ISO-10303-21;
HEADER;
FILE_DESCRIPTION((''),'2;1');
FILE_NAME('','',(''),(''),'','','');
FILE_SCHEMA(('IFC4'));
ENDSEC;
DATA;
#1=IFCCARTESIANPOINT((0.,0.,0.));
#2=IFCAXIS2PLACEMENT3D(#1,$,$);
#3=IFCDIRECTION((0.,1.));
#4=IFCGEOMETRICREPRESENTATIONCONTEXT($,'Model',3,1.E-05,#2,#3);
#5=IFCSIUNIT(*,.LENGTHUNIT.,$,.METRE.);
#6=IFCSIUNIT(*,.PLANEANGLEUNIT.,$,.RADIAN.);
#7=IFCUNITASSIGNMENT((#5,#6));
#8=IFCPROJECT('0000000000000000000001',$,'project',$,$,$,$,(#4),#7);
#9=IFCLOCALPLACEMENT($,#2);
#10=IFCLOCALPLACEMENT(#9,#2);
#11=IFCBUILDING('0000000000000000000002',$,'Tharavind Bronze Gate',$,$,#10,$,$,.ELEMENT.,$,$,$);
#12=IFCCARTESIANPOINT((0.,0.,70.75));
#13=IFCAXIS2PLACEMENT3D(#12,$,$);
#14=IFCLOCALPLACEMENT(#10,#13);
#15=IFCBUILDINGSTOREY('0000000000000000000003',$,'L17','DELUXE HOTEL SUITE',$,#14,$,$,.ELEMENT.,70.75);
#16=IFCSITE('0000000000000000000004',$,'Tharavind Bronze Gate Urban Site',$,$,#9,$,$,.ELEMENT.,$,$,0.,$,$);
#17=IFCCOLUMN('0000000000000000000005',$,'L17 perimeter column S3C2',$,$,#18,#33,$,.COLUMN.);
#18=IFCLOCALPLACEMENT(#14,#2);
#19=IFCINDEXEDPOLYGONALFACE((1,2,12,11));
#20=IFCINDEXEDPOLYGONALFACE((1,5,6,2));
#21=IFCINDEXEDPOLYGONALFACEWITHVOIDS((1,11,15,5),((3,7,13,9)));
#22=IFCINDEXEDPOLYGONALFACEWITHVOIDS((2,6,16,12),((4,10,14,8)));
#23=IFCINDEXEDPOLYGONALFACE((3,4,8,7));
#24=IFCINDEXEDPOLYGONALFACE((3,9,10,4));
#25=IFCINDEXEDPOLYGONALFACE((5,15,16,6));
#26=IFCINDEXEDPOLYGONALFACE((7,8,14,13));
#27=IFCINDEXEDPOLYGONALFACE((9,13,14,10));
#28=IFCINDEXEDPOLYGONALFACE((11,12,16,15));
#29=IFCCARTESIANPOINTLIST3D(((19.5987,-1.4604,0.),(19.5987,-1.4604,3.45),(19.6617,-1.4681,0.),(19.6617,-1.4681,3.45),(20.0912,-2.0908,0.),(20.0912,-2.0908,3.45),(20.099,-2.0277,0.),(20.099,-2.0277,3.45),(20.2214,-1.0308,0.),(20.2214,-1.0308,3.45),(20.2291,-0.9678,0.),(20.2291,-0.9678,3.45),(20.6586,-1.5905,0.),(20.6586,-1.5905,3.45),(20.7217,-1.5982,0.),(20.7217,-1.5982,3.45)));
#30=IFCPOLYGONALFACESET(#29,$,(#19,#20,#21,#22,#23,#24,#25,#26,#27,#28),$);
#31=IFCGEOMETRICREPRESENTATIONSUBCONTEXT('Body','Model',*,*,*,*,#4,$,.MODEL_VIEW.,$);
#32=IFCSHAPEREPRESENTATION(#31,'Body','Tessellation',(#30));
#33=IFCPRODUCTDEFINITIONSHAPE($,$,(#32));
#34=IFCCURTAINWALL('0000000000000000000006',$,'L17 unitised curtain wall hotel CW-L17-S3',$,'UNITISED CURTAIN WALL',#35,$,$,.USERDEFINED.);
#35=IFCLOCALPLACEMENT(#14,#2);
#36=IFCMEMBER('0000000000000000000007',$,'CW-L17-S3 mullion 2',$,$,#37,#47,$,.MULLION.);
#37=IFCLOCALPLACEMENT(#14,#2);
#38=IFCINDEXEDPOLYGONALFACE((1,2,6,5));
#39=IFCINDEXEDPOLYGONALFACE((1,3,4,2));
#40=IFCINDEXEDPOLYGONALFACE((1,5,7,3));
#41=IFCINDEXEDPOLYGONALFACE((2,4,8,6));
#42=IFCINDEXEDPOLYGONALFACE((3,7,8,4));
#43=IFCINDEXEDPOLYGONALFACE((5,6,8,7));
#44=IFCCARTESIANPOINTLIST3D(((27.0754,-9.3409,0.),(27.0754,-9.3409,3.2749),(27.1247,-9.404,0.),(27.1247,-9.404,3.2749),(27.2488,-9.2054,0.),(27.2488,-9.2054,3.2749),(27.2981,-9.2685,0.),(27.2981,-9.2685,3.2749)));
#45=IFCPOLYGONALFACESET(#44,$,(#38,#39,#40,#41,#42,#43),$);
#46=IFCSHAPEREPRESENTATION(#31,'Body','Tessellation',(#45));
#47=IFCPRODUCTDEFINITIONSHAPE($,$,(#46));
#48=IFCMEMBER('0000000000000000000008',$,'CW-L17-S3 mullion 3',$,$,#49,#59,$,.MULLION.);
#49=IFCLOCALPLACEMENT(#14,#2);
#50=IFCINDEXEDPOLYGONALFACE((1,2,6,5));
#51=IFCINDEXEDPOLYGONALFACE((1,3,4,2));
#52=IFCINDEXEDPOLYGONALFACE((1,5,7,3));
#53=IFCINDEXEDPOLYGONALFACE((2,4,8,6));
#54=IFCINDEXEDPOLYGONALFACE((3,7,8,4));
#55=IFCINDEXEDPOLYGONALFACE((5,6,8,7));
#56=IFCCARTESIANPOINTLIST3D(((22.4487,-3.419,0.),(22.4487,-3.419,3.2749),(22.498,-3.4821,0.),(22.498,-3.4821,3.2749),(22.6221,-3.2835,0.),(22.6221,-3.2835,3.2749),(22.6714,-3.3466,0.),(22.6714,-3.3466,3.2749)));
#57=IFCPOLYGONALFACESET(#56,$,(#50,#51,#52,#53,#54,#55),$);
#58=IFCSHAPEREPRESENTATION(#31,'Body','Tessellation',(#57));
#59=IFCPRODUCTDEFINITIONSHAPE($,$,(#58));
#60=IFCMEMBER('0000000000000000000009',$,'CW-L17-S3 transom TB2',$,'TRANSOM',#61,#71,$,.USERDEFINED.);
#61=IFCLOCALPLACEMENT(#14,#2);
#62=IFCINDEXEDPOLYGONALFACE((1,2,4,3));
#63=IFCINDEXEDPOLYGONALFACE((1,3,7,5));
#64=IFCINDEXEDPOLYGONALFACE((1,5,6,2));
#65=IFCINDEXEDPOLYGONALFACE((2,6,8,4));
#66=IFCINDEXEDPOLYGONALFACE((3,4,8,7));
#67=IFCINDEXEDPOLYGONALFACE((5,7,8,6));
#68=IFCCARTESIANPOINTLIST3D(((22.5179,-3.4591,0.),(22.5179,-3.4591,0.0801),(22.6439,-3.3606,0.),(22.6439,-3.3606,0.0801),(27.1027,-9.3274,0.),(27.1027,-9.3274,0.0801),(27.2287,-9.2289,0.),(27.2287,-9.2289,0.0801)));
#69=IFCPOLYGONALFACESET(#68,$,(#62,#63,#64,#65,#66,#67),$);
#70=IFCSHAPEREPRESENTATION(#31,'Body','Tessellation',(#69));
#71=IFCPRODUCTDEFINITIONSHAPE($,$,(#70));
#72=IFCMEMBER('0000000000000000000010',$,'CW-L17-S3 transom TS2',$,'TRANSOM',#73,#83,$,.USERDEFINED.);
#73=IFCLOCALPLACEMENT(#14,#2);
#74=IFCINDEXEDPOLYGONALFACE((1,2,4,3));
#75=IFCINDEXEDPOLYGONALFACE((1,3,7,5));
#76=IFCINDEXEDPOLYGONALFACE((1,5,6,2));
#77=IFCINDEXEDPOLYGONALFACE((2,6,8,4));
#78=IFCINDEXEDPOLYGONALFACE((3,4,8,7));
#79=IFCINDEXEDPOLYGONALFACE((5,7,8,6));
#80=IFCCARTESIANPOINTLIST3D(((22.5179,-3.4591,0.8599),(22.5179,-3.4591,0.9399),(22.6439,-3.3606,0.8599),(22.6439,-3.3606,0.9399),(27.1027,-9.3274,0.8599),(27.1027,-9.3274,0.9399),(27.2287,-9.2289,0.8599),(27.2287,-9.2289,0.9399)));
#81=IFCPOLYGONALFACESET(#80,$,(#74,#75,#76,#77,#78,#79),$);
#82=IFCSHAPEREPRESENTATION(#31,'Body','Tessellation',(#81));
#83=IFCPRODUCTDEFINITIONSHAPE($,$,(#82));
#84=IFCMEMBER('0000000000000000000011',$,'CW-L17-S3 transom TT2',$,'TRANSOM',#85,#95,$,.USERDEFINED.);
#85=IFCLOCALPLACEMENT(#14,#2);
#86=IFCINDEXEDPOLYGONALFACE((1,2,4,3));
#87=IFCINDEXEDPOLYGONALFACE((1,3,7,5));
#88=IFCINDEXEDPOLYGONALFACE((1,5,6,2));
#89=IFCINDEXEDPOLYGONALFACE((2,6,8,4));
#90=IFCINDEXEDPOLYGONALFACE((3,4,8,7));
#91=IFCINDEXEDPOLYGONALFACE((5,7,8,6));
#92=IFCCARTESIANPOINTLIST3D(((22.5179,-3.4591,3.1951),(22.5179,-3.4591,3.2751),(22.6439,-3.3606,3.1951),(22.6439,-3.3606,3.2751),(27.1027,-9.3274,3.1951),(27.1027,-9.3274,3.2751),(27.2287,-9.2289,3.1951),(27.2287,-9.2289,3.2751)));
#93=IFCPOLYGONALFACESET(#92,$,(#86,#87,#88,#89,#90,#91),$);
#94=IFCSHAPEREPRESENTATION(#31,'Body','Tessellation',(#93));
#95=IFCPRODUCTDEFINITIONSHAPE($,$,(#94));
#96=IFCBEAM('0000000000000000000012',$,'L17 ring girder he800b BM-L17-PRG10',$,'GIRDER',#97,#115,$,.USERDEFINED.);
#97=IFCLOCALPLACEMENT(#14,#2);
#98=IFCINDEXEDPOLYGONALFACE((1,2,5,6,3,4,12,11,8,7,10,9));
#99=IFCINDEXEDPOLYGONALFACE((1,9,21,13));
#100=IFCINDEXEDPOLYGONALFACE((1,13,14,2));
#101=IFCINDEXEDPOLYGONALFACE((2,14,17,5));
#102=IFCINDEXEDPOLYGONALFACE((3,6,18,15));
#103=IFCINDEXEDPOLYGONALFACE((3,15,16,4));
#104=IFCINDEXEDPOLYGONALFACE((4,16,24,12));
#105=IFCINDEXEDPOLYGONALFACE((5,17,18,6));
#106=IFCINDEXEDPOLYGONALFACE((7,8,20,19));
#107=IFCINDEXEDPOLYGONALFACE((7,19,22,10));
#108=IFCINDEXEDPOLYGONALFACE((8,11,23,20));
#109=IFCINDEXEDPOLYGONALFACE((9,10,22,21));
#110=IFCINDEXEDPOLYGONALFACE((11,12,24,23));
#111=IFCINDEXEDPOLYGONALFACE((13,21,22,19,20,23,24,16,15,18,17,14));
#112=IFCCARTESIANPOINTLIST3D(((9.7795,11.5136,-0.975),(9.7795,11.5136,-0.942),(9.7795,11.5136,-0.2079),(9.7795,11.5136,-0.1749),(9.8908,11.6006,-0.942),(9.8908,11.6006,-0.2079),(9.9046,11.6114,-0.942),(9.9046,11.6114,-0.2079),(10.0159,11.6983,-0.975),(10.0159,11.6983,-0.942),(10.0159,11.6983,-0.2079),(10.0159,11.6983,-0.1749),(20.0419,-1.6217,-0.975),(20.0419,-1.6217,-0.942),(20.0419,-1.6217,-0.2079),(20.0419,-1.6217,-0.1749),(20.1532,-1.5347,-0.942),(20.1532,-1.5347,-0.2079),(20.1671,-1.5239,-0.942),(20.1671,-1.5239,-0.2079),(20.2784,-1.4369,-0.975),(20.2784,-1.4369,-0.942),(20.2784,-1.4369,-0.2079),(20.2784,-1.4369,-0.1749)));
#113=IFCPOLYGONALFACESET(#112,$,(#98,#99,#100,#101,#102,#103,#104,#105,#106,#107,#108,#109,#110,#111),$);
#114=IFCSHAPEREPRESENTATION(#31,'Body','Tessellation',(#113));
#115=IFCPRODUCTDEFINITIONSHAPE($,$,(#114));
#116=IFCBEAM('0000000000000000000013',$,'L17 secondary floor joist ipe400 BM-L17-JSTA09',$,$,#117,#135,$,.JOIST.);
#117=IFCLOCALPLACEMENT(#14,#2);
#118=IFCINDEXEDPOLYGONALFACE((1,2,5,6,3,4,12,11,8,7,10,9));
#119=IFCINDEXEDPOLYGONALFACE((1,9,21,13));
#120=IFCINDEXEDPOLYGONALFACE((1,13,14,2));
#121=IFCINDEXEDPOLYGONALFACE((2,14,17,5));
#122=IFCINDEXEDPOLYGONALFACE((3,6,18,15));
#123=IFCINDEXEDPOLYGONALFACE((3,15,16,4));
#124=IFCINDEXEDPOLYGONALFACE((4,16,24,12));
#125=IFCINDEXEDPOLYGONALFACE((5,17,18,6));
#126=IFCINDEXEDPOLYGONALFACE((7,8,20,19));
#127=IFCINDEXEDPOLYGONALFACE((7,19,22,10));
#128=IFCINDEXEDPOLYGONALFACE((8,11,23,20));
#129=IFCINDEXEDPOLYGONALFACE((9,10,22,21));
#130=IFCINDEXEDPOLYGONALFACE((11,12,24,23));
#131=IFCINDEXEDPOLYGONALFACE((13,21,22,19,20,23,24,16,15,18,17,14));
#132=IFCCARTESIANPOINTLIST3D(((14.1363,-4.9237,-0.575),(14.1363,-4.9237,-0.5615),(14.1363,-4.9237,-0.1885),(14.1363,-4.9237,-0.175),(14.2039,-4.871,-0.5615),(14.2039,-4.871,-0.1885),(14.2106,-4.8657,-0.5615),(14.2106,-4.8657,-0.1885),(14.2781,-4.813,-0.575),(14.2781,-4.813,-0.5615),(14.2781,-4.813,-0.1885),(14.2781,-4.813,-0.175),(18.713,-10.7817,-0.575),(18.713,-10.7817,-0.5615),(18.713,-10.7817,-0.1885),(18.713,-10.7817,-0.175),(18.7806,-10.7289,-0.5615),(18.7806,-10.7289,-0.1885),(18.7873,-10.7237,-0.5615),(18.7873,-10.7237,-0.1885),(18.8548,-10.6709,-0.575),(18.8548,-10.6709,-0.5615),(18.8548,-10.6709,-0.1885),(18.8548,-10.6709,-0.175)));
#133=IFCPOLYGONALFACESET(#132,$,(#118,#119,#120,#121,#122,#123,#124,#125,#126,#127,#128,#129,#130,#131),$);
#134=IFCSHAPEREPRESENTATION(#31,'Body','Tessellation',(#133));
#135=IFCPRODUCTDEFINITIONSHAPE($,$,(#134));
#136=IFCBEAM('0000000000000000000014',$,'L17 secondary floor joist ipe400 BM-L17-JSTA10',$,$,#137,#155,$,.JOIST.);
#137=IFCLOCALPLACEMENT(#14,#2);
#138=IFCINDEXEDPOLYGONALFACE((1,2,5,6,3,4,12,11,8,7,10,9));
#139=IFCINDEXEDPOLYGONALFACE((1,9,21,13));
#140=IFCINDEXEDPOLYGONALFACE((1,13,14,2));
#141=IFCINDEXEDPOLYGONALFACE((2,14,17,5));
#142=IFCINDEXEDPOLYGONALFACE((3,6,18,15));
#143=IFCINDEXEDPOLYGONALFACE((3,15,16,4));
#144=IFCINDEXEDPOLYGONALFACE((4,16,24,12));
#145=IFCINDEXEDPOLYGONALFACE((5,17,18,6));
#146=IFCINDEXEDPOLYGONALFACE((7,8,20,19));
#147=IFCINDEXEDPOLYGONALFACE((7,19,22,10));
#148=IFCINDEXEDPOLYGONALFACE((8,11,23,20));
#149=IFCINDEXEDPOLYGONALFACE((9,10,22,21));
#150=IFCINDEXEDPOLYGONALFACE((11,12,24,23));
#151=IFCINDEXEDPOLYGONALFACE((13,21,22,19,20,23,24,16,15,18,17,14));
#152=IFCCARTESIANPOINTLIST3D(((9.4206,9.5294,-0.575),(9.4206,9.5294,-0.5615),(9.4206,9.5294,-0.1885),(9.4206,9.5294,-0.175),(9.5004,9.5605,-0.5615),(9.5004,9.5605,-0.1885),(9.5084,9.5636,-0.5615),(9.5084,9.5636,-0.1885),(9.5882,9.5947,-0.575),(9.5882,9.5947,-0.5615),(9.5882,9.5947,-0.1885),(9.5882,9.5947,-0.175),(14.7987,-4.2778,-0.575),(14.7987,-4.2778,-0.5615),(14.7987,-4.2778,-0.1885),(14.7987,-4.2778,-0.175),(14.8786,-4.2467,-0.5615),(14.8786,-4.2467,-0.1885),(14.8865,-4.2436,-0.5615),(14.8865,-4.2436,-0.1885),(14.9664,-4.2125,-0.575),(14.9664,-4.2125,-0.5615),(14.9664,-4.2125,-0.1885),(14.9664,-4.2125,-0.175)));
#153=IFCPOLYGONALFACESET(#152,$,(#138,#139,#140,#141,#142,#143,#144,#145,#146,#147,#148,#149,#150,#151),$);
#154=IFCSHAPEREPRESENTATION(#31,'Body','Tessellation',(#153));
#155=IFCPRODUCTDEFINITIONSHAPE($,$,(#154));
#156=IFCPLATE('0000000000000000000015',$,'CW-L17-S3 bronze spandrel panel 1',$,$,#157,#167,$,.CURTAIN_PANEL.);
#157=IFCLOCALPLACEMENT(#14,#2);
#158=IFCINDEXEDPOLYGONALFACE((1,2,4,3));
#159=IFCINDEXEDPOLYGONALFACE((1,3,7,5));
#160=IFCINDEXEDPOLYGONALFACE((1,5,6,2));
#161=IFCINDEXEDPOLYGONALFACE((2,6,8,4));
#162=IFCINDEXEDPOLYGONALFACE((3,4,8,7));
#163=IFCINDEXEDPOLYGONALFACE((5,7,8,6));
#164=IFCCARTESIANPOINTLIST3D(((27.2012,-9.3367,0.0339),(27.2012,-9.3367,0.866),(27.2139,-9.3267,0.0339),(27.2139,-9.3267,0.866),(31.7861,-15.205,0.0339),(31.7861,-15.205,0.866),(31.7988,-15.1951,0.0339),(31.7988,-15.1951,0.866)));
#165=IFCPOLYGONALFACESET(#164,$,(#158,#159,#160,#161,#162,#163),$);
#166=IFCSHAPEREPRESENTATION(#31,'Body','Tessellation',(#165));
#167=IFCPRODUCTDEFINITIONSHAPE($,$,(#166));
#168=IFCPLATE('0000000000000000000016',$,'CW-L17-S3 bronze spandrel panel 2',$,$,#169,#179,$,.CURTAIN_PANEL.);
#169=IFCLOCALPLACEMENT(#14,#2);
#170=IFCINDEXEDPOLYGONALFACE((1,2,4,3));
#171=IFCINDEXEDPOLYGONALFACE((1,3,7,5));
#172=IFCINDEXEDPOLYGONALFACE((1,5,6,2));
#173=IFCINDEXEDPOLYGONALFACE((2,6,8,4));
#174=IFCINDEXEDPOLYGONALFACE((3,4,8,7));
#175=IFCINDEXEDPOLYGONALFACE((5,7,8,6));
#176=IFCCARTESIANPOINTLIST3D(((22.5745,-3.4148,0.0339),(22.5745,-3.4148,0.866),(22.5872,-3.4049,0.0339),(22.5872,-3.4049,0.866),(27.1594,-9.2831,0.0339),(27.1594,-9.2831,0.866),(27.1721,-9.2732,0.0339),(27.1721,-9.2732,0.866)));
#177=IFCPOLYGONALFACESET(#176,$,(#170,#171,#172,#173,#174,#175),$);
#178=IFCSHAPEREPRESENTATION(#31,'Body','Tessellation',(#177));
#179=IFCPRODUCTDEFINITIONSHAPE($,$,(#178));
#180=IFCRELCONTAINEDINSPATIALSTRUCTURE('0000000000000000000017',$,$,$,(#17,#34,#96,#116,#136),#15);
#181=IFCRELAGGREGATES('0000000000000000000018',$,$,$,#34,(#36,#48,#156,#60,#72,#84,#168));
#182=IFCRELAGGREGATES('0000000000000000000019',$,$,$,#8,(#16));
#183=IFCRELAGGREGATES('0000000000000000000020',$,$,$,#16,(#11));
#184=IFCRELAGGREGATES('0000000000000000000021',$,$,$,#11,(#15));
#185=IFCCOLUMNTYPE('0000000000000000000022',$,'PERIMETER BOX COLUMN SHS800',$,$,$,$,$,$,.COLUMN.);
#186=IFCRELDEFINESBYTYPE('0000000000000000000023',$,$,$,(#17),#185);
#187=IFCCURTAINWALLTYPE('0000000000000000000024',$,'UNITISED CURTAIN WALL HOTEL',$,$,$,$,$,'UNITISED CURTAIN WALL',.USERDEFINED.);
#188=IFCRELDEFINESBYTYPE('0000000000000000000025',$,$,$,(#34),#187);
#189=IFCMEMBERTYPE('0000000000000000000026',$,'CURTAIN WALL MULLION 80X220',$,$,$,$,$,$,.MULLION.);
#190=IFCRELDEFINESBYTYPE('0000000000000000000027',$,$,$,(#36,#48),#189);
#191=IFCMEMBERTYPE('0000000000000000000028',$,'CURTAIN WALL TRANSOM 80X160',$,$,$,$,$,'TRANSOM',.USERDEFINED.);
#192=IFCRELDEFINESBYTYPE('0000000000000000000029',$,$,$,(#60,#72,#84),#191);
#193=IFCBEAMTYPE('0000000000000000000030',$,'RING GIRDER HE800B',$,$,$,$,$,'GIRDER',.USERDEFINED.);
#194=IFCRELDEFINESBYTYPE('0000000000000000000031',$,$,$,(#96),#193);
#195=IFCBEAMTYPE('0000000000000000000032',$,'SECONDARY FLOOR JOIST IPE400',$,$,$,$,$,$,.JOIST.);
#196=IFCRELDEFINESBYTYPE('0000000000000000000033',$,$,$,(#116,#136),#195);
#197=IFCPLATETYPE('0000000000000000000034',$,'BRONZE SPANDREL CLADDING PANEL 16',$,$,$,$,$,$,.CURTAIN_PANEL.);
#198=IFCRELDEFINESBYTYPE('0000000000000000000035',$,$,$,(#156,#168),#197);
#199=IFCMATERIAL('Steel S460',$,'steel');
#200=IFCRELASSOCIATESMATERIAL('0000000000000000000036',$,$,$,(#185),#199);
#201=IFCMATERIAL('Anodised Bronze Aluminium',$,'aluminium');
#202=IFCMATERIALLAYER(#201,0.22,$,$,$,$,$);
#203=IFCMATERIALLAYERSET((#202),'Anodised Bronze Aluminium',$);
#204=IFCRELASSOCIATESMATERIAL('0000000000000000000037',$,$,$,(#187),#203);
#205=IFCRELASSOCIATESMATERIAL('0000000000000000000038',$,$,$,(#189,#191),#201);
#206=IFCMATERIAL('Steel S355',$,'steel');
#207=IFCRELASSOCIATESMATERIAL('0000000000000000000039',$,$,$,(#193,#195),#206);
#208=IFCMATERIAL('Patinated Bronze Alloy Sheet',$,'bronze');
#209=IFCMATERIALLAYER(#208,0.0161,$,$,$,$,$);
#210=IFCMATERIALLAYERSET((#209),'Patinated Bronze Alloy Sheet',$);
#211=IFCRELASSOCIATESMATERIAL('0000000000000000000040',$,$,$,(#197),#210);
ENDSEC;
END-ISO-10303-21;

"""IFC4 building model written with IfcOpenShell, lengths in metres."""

from ifc_helpers import new_model, si_unit, direction, frame, origin, origin_2d, place, context, subcontext, project, spatial, rectangle, hollow_rectangle, i_section, extrude, material, layer, layer_set, material_profile, profile_set, type_object, element, aggregate, save


model = new_model("IFC4")

# Units and contexts
model_context = context("Model", 3, precision=1e-05, world=origin(), true_north=direction((0.0, 1.0)))
body_context = subcontext(model_context, "Body", "Model", "MODEL_VIEW")
ifc_project = project(units=[si_unit("LENGTHUNIT", "METRE"), si_unit("PLANEANGLEUNIT", "RADIAN")], contexts=[model_context])

# Site, building, storey
site_placement = place(None, origin())
site = spatial("IfcSite", under=ifc_project, at=site_placement, Name="Tharavind Bronze Gate Urban Site", CompositionType="ELEMENT", RefElevation=0.0)
building_placement = place(site_placement, origin())
building = spatial("IfcBuilding", under=site, at=building_placement, Name="Tharavind Bronze Gate", CompositionType="ELEMENT")
storey_placement = place(building_placement, frame((0.0, 0.0, 70.75)))
storey = spatial("IfcBuildingStorey", under=building, at=storey_placement, Name="L17", Description="DELUXE HOTEL SUITE", CompositionType="ELEMENT", Elevation=70.75)

# Column
ifc_material_1 = material(Name="Steel S460", Category="steel")
ifc_material_profile_1 = material_profile(ifc_material_1, hollow_rectangle(XDim=0.8, YDim=0.8, WallThickness=0.0449, at=origin_2d()), Name="SHS800X45")
ifc_profile_set_1 = profile_set([ifc_material_profile_1], Name="Steel S460")
column_type = type_object("IfcColumnType", Name="PERIMETER BOX COLUMN SHS800", PredefinedType="COLUMN", material=ifc_profile_set_1)
column_placement = place(storey_placement, frame((20.1602, -1.5293, 0.0), z_axis=(0.0, 0.0, 1.0), x_axis=(-0.615661, 0.788011, 0.0)))
element("IfcColumn", 1, at=column_placement, inside=storey, type_object=column_type, Name="L17 perimeter column S3C2", PredefinedType="COLUMN", context=body_context, shape_type="SweptSolid", body=[
    extrude(hollow_rectangle(XDim=0.8, YDim=0.8, WallThickness=0.0449, at=origin_2d()), origin(), (0.0, 0.0, 1.0), 3.45),
])

# Curtain wall, members
ifc_material_2 = material(Name="Anodised Bronze Aluminium", Category="aluminium")
ifc_layer_1 = layer(ifc_material_2, 0.22)
ifc_layer_set_1 = layer_set([ifc_layer_1], Name="Anodised Bronze Aluminium")
curtain_wall_type = type_object("IfcCurtainWallType", Name="UNITISED CURTAIN WALL HOTEL", ElementType="UNITISED CURTAIN WALL", PredefinedType="USERDEFINED", material=ifc_layer_set_1)
curtain_wall_placement = place(storey_placement, origin())
curtain_wall = element("IfcCurtainWall", 2, at=curtain_wall_placement, inside=storey, type_object=curtain_wall_type, Name="L17 unitised curtain wall hotel CW-L17-S3", ObjectType="UNITISED CURTAIN WALL", PredefinedType="USERDEFINED")
member_type_1 = type_object("IfcMemberType", Name="CURTAIN WALL MULLION 80X220", PredefinedType="MULLION", material=ifc_material_2)
member_1_placement = place(storey_placement, frame((27.1868, -9.3047, 0.0), z_axis=(0.0, 0.0, 1.0), x_axis=(-0.615661, 0.788011, 0.0)))
member_1 = element("IfcMember", 3, at=member_1_placement, type_object=member_type_1, Name="CW-L17-S3 mullion 2", PredefinedType="MULLION", context=body_context, shape_type="SweptSolid", body=[
    extrude(rectangle(XDim=0.0801, YDim=0.22, at=origin_2d()), origin(), (0.0, 0.0, 1.0), 3.2749),
])
member_2_placement = place(storey_placement, frame((22.5601, -3.3828, 0.0), z_axis=(0.0, 0.0, 1.0), x_axis=(-0.615661, 0.788011, 0.0)))
member_2 = element("IfcMember", 4, at=member_2_placement, type_object=member_type_1, Name="CW-L17-S3 mullion 3", PredefinedType="MULLION", context=body_context, shape_type="SweptSolid", body=[
    extrude(rectangle(XDim=0.0801, YDim=0.22, at=origin_2d()), origin(), (0.0, 0.0, 1.0), 3.2749),
])
member_type_2 = type_object("IfcMemberType", Name="CURTAIN WALL TRANSOM 80X160", ElementType="TRANSOM", PredefinedType="USERDEFINED", material=ifc_material_2)
member_3_placement = place(storey_placement, frame((24.8733, -6.344, 0.0), z_axis=(0.0, 0.0, 1.0), x_axis=(-0.615661, 0.788011, 0.0)))
member_3 = element("IfcMember", 5, at=member_3_placement, type_object=member_type_2, Name="CW-L17-S3 transom TB2", ObjectType="TRANSOM", PredefinedType="USERDEFINED", context=body_context, shape_type="SweptSolid", body=[
    extrude(rectangle(XDim=7.447, YDim=0.1599, at=origin_2d()), origin(), (0.0, 0.0, 1.0), 0.0801),
])
member_4_placement = place(storey_placement, frame((24.8733, -6.344, 0.8599), z_axis=(0.0, 0.0, 1.0), x_axis=(-0.615661, 0.788011, 0.0)))
member_4 = element("IfcMember", 6, at=member_4_placement, type_object=member_type_2, Name="CW-L17-S3 transom TS2", ObjectType="TRANSOM", PredefinedType="USERDEFINED", context=body_context, shape_type="SweptSolid", body=[
    extrude(rectangle(XDim=7.447, YDim=0.1599, at=origin_2d()), origin(), (0.0, 0.0, 1.0), 0.0801),
])
member_5_placement = place(storey_placement, frame((24.8733, -6.344, 3.1951), z_axis=(0.0, 0.0, 1.0), x_axis=(-0.615661, 0.788011, 0.0)))
member_5 = element("IfcMember", 7, at=member_5_placement, type_object=member_type_2, Name="CW-L17-S3 transom TT2", ObjectType="TRANSOM", PredefinedType="USERDEFINED", context=body_context, shape_type="SweptSolid", body=[
    extrude(rectangle(XDim=7.447, YDim=0.1599, at=origin_2d()), origin(), (0.0, 0.0, 1.0), 0.0801),
])

# Beams
ifc_material_3 = material(Name="Steel S355", Category="steel")
ifc_material_profile_2 = material_profile(ifc_material_3, i_section(OverallWidth=0.3, OverallDepth=0.8, WebThickness=0.0176, FlangeThickness=0.033, at=origin_2d()), Name="HE800B")
ifc_profile_set_2 = profile_set([ifc_material_profile_2], Name="Steel S355")
beam_type_1 = type_object("IfcBeamType", Name="RING GIRDER HE800B", ElementType="GIRDER", PredefinedType="USERDEFINED", material=ifc_profile_set_2)
beam_1_placement = place(storey_placement, frame((20.1602, -1.5293, -0.575), z_axis=(-0.615664, 0.788009, 0.0), x_axis=(-0.788009, -0.615664, 0.0)))
element("IfcBeam", 8, at=beam_1_placement, inside=storey, type_object=beam_type_1, Name="L17 ring girder he800b BM-L17-PRG10", ObjectType="GIRDER", PredefinedType="USERDEFINED", context=body_context, shape_type="SweptSolid", body=[
    extrude(i_section(OverallWidth=0.3, OverallDepth=0.8, WebThickness=0.0176, FlangeThickness=0.033, at=origin_2d()), origin(), (0.0, 0.0, 1.0), 16.6689),
])
ifc_material_profile_3 = material_profile(ifc_material_3, i_section(OverallWidth=0.1799, OverallDepth=0.3999, WebThickness=0.0085, FlangeThickness=0.0134, at=origin_2d()), Name="IPE400")
ifc_profile_set_3 = profile_set([ifc_material_profile_3], Name="Steel S355")
beam_type_2 = type_object("IfcBeamType", Name="SECONDARY FLOOR JOIST IPE400", PredefinedType="JOIST", material=ifc_profile_set_3)
beam_2_placement = place(storey_placement, frame((18.7839, -10.7263, -0.375), z_axis=(-0.615658, 0.788013, 0.0), x_axis=(-0.788013, -0.615658, 0.0)))
element("IfcBeam", 9, at=beam_2_placement, inside=storey, type_object=beam_type_2, Name="L17 secondary floor joist ipe400 BM-L17-JSTA09", PredefinedType="JOIST", context=body_context, shape_type="SweptSolid", body=[
    extrude(i_section(OverallWidth=0.1799, OverallDepth=0.3999, WebThickness=0.0085, FlangeThickness=0.0134, at=origin_2d()), origin(), (0.0, 0.0, 1.0), 7.4338),
])
beam_3_placement = place(storey_placement, frame((14.8826, -4.2451, -0.375), z_axis=(-0.362958, 0.931805, 0.0), x_axis=(-0.931805, -0.362958, 0.0)))
element("IfcBeam", 10, at=beam_3_placement, inside=storey, type_object=beam_type_2, Name="L17 secondary floor joist ipe400 BM-L17-JSTA10", PredefinedType="JOIST", context=body_context, shape_type="SweptSolid", body=[
    extrude(i_section(OverallWidth=0.1799, OverallDepth=0.3999, WebThickness=0.0085, FlangeThickness=0.0134, at=origin_2d()), origin(), (0.0, 0.0, 1.0), 14.8176),
])

# Plates
ifc_material_4 = material(Name="Patinated Bronze Alloy Sheet", Category="bronze")
ifc_layer_2 = layer(ifc_material_4, 0.0161)
ifc_layer_set_2 = layer_set([ifc_layer_2], Name="Patinated Bronze Alloy Sheet")
plate_type_1 = type_object("IfcPlateType", Name="BRONZE SPANDREL CLADDING PANEL 16", PredefinedType="CURTAIN_PANEL", material=ifc_layer_set_2)
plate_1_placement = place(storey_placement, frame((29.5, -12.2659, 0.0339), z_axis=(0.0, 0.0, 1.0), x_axis=(-0.615661, 0.788011, 0.0)))
plate_1 = element("IfcPlate", 11, at=plate_1_placement, type_object=plate_type_1, Name="CW-L17-S3 bronze spandrel panel 1", PredefinedType="CURTAIN_PANEL", context=body_context, shape_type="SweptSolid", body=[
    extrude(rectangle(XDim=7.447, YDim=0.0161, at=origin_2d()), origin(), (0.0, 0.0, 1.0), 0.832),
])
plate_2_placement = place(storey_placement, frame((24.8733, -6.344, 0.0339), z_axis=(0.0, 0.0, 1.0), x_axis=(-0.615661, 0.788011, 0.0)))
plate_2 = element("IfcPlate", 12, at=plate_2_placement, type_object=plate_type_1, Name="CW-L17-S3 bronze spandrel panel 2", PredefinedType="CURTAIN_PANEL", context=body_context, shape_type="SweptSolid", body=[
    extrude(rectangle(XDim=7.447, YDim=0.0161, at=origin_2d()), origin(), (0.0, 0.0, 1.0), 0.832),
])
aggregate(curtain_wall, [member_1, member_2, plate_1, member_3, member_4, member_5, plate_2])

save(model, "model.ifc")
